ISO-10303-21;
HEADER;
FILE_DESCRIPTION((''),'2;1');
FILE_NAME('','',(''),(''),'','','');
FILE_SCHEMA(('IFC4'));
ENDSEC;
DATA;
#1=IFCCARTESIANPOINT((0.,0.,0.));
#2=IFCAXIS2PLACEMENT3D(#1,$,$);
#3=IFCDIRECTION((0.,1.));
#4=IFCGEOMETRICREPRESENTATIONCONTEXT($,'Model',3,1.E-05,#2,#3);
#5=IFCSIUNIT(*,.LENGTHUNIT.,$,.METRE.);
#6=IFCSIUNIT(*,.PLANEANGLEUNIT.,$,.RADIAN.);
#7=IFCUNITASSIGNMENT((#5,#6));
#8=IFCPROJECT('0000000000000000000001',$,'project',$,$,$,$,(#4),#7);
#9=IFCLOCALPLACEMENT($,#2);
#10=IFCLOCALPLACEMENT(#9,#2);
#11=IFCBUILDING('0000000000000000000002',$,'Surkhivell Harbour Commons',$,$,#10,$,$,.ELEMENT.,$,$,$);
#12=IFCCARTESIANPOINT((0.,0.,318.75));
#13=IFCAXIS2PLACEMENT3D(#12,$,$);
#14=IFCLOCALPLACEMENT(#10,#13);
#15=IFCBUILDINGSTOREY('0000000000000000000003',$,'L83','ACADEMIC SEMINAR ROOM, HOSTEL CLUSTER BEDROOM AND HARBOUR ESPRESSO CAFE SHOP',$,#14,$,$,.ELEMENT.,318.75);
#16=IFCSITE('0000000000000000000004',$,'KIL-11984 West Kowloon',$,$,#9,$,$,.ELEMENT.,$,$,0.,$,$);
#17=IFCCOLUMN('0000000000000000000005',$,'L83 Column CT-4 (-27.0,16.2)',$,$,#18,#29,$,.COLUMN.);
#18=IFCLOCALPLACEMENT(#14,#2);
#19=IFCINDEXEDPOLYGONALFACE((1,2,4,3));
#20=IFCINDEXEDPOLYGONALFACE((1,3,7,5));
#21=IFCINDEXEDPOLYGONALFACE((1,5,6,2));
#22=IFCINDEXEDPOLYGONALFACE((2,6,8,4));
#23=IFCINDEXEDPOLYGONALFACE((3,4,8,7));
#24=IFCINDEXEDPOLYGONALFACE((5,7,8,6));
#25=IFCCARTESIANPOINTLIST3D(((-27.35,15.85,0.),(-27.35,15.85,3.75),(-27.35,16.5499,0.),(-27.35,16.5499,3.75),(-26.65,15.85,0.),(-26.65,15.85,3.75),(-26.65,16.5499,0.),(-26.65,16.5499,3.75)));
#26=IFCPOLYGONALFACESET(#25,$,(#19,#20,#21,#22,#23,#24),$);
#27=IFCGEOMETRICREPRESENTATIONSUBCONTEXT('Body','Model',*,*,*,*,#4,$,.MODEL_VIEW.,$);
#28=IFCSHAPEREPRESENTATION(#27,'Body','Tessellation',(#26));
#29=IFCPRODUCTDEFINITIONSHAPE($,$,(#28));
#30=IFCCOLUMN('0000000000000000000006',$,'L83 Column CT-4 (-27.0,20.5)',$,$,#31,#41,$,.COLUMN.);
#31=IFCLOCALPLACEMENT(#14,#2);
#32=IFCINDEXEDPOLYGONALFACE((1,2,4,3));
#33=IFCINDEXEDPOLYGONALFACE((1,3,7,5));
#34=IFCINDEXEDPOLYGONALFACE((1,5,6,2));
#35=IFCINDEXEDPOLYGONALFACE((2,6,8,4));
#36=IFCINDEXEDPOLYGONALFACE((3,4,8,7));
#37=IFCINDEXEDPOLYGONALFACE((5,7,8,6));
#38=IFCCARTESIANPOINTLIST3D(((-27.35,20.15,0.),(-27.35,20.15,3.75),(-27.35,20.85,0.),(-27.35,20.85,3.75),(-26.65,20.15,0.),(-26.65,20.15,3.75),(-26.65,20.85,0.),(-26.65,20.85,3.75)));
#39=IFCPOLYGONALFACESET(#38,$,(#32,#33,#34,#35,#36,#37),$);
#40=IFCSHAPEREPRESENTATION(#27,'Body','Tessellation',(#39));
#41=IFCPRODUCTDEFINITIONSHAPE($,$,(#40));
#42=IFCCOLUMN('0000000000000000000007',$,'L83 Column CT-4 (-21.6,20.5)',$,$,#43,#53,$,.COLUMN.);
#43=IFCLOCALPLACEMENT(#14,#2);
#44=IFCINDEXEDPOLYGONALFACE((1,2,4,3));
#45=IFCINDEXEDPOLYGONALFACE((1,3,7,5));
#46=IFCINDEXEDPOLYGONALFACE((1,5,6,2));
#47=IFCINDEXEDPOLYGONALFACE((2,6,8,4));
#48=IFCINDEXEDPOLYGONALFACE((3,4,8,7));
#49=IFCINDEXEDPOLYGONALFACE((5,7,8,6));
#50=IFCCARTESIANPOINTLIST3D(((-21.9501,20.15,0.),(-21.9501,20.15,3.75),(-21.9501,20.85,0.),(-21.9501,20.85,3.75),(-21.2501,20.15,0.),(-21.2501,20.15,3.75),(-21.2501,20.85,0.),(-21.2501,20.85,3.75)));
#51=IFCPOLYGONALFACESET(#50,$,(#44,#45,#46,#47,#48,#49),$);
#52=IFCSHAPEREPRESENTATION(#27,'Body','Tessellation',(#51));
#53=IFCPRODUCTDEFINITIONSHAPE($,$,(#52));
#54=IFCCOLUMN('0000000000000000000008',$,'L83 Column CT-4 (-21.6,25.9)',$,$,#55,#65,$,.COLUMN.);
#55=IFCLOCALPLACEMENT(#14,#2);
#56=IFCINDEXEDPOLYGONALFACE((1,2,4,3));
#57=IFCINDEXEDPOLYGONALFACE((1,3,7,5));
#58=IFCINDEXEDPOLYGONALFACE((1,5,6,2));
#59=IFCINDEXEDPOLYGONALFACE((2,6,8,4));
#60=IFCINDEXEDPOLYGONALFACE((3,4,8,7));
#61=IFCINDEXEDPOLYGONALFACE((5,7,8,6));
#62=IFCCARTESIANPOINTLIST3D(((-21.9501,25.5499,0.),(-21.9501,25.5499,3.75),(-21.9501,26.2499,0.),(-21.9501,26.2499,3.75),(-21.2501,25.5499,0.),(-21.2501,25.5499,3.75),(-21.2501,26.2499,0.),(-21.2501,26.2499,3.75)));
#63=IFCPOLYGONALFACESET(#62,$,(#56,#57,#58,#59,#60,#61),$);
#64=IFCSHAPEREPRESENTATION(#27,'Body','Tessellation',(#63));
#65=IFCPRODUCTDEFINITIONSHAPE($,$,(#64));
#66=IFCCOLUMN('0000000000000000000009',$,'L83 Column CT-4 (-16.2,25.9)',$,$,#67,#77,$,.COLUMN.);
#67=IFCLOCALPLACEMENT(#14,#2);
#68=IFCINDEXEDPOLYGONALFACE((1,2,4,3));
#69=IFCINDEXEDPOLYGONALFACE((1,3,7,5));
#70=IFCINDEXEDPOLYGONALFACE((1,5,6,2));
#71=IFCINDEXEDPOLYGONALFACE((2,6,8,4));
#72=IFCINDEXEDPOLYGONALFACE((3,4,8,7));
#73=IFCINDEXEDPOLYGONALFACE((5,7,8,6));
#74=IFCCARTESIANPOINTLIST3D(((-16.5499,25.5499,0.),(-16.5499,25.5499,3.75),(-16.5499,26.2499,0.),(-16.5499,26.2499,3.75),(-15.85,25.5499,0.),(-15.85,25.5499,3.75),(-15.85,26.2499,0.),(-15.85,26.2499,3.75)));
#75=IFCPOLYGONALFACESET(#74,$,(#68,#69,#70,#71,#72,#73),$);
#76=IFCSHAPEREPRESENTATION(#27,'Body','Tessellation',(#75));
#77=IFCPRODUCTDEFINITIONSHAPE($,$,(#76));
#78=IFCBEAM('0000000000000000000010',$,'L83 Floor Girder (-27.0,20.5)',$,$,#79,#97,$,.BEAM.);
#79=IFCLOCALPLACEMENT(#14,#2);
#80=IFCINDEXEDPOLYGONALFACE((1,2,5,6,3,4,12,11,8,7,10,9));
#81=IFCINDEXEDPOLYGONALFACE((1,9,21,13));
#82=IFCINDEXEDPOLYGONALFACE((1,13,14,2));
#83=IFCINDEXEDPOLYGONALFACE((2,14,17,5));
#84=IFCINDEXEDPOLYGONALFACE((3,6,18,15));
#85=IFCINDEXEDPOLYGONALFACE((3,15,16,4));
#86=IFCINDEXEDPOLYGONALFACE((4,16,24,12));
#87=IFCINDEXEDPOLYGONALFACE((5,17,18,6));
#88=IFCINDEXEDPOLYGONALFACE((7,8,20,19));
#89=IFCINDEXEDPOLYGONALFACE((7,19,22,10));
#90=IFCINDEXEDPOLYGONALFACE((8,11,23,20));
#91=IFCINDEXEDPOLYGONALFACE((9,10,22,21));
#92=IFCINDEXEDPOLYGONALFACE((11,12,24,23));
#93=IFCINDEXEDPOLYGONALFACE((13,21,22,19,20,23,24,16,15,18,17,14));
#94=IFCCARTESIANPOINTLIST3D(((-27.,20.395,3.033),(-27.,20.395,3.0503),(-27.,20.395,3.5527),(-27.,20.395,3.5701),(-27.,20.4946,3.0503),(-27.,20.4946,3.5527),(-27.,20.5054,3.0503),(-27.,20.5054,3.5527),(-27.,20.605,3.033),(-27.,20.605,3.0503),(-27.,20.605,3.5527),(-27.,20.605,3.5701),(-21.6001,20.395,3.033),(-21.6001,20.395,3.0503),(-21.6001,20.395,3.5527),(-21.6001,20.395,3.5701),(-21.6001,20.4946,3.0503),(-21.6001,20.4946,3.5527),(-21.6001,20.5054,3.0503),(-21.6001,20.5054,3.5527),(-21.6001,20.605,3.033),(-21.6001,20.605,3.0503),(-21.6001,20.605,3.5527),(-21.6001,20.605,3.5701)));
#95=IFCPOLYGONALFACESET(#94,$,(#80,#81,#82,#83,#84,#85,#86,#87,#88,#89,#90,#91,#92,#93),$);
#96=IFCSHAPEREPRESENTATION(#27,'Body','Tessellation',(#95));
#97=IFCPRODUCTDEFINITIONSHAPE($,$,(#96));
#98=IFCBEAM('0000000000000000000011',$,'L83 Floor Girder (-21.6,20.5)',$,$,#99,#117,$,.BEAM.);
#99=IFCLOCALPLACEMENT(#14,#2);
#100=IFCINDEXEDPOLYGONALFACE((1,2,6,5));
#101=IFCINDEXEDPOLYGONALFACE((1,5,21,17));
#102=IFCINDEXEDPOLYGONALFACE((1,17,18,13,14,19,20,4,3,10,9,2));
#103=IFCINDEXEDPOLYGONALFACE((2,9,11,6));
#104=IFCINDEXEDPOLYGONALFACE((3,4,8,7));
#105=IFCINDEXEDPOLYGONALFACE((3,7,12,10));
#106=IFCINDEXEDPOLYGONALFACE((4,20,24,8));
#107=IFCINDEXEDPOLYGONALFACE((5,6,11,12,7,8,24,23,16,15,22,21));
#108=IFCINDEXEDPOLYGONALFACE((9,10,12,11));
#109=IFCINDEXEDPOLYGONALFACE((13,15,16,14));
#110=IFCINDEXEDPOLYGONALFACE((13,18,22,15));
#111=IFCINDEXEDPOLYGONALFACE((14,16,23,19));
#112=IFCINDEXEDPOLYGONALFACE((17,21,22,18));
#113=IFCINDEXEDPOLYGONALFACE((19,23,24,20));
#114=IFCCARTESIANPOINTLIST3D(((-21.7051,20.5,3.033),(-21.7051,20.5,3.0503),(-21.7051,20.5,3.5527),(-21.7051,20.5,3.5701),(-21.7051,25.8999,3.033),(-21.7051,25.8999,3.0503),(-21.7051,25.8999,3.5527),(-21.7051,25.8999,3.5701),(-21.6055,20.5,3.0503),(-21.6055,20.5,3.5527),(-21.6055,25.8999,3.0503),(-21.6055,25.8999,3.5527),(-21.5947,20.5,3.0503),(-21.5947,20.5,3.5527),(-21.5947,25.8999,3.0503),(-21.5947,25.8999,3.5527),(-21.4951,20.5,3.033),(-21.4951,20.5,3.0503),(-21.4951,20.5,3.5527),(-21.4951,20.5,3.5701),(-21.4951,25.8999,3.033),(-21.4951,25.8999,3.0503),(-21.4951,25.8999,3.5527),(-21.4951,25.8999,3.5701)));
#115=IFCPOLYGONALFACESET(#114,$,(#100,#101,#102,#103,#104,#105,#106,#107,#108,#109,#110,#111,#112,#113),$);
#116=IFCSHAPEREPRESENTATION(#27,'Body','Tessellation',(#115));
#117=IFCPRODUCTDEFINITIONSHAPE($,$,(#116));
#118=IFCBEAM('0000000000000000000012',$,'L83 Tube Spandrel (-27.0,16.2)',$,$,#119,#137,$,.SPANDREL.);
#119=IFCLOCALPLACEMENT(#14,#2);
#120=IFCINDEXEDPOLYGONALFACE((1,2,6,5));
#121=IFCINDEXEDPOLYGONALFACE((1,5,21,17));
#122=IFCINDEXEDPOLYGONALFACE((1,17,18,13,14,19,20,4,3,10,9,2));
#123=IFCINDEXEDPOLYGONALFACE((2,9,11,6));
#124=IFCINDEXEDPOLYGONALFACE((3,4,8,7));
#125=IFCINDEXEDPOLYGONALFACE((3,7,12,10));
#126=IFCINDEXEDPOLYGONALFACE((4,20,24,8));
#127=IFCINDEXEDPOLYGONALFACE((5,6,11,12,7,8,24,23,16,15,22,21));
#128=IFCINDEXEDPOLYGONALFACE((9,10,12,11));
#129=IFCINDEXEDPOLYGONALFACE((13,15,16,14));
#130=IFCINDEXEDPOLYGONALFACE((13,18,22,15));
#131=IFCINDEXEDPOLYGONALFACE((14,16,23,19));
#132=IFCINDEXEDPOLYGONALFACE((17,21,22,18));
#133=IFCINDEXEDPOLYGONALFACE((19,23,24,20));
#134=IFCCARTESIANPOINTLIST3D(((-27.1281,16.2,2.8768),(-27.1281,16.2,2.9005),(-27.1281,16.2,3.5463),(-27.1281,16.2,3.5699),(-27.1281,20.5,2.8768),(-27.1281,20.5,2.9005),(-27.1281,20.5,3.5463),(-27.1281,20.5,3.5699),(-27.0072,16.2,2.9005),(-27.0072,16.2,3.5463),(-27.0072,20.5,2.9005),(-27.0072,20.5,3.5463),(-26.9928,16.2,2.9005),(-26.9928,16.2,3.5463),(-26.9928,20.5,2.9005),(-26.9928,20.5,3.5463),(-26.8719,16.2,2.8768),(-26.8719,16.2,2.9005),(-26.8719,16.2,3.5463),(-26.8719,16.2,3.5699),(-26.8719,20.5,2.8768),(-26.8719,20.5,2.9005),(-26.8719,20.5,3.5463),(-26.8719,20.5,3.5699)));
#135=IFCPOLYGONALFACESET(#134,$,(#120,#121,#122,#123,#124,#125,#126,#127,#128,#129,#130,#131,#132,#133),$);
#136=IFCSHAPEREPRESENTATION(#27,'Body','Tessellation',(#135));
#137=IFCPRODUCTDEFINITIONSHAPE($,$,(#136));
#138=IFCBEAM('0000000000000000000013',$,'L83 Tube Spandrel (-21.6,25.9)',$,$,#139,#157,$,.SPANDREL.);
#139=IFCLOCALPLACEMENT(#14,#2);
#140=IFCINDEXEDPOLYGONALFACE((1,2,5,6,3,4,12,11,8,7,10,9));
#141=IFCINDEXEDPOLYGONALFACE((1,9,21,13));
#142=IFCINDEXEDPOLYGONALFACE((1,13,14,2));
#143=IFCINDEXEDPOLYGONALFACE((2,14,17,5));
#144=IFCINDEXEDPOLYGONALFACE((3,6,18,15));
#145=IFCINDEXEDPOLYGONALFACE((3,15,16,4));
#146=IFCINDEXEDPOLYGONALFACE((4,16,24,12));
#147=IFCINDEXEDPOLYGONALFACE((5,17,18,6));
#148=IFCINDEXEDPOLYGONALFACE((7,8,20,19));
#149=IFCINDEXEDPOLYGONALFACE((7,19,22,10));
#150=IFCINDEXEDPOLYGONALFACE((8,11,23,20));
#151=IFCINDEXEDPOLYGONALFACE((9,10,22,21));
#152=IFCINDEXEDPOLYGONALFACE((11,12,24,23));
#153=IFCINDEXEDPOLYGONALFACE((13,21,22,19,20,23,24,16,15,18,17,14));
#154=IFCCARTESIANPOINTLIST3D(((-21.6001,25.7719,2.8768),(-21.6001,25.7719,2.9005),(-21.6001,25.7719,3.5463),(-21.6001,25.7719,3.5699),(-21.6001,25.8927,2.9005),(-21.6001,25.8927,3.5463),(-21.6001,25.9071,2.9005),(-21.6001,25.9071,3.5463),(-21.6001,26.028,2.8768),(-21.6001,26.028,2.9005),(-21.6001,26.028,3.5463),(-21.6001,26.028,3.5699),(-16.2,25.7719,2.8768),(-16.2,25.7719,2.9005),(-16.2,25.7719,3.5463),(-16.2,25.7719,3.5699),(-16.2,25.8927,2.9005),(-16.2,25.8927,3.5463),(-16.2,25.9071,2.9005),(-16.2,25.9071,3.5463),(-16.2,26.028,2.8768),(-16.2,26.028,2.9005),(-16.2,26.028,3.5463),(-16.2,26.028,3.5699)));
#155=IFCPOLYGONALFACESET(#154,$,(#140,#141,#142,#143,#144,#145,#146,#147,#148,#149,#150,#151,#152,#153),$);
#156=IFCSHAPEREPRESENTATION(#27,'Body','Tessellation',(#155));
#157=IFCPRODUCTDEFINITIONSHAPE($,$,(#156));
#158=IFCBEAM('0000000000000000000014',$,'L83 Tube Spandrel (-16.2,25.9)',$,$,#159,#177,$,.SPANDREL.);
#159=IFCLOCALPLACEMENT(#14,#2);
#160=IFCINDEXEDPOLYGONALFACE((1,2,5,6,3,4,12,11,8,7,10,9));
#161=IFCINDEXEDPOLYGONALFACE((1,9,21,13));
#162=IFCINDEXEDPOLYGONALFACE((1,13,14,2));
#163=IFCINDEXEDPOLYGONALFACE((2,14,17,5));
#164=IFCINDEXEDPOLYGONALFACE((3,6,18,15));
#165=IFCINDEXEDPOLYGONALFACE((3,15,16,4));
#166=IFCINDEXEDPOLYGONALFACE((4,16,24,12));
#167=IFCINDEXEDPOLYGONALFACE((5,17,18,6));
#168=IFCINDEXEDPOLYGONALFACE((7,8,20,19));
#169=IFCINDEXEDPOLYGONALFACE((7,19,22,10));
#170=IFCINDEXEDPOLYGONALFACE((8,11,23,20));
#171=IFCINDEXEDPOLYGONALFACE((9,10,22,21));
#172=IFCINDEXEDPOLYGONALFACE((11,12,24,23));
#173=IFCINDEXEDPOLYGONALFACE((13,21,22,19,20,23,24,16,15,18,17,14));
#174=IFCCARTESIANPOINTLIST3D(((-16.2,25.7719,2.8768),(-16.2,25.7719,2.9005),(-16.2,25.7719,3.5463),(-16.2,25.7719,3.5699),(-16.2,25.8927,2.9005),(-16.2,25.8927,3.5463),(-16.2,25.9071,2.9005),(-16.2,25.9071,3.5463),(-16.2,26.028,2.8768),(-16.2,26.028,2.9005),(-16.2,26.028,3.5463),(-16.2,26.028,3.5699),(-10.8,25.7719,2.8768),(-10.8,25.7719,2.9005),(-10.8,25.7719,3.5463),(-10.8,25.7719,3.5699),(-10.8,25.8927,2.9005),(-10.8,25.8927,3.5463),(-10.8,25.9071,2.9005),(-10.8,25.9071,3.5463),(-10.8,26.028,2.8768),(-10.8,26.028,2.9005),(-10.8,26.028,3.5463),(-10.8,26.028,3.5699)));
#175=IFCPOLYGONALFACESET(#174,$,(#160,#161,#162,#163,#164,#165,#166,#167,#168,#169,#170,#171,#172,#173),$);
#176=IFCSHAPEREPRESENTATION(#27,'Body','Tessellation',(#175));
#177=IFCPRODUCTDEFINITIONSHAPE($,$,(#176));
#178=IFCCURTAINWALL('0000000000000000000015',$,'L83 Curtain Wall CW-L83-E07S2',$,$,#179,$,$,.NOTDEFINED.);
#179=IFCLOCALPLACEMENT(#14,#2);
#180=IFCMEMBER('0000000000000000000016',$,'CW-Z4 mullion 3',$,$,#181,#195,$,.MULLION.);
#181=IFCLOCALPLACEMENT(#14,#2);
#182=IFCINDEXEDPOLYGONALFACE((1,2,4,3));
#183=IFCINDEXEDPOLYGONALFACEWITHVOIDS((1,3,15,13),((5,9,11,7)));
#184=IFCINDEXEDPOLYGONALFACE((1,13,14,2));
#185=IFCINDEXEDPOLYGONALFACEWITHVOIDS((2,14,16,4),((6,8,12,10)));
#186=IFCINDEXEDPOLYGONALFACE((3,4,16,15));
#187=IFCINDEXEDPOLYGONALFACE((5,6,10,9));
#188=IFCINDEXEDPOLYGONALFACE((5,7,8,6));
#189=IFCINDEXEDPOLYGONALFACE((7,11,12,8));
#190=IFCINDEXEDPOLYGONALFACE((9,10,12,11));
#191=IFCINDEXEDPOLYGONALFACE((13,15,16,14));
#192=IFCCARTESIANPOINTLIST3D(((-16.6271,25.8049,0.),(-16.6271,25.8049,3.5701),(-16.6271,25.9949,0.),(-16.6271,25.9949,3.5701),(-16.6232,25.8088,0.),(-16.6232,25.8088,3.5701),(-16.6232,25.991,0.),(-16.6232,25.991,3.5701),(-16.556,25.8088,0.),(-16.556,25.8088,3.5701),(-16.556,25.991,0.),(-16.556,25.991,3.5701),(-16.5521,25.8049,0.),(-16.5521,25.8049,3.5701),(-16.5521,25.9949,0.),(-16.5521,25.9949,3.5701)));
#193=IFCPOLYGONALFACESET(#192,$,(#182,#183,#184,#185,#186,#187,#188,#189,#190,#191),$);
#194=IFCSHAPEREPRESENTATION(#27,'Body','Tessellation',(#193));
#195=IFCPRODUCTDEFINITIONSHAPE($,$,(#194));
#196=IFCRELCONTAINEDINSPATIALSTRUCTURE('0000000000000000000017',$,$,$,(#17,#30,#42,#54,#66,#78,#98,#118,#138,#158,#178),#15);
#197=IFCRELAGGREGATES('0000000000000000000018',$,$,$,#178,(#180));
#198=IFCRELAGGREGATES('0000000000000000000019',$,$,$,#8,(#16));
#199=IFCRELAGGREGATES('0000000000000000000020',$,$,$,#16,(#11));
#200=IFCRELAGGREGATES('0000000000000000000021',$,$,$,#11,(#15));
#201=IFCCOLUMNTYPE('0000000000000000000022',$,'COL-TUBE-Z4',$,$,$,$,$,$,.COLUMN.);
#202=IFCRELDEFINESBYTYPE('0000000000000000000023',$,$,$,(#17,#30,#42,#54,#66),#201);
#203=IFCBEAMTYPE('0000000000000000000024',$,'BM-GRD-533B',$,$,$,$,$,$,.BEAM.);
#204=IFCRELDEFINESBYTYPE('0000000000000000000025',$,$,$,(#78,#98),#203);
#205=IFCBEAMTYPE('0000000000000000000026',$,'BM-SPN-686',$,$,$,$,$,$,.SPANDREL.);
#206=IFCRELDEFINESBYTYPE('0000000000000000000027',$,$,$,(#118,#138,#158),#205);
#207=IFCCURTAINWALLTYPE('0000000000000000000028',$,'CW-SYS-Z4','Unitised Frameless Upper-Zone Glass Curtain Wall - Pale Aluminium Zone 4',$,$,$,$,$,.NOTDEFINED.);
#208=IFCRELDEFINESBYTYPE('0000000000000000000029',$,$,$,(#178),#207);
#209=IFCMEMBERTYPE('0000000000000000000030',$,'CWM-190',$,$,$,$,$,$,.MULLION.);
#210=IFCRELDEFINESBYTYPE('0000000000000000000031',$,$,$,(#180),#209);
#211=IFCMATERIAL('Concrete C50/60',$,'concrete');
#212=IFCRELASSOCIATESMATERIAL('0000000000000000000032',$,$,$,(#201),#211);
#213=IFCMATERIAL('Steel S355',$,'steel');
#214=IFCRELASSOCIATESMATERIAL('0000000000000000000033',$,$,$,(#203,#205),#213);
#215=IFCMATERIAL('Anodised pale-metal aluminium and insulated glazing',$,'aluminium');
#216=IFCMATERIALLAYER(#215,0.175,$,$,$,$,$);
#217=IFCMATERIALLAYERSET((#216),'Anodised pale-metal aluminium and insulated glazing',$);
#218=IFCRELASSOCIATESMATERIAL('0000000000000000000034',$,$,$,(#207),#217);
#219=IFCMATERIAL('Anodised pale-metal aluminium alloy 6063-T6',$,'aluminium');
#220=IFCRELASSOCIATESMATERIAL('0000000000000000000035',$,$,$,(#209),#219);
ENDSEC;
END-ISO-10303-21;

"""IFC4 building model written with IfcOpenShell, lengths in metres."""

from ifc_helpers import new_model, si_unit, direction, frame, origin, origin_2d, place, context, subcontext, project, spatial, rectangle, hollow_rectangle, i_section, extrude, material, layer, layer_set, material_profile, profile_set, type_object, element, aggregate, save


model = new_model("IFC4")

# Units and contexts
model_context = context("Model", 3, precision=1e-05, world=origin(), true_north=direction((0.0, 1.0)))
body_context = subcontext(model_context, "Body", "Model", "MODEL_VIEW")
ifc_project = project(units=[si_unit("LENGTHUNIT", "METRE"), si_unit("PLANEANGLEUNIT", "RADIAN")], contexts=[model_context])

# Site, building, storey
site_placement = place(None, origin())
site = spatial("IfcSite", under=ifc_project, at=site_placement, Name="KIL-11984 West Kowloon", CompositionType="ELEMENT", RefElevation=0.0)
building_placement = place(site_placement, origin())
building = spatial("IfcBuilding", under=site, at=building_placement, Name="Surkhivell Harbour Commons", CompositionType="ELEMENT")
storey_placement = place(building_placement, frame((0.0, 0.0, 318.75)))
storey = spatial("IfcBuildingStorey", under=building, at=storey_placement, Name="L83", Description="ACADEMIC SEMINAR ROOM, HOSTEL CLUSTER BEDROOM AND HARBOUR ESPRESSO CAFE SHOP", CompositionType="ELEMENT", Elevation=318.75)

# Columns
ifc_material_1 = material(Name="Concrete C50/60", Category="concrete")
ifc_material_profile_1 = material_profile(ifc_material_1, rectangle(XDim=0.7, YDim=0.7, at=origin_2d()), Name="RC-COL-700x700")
ifc_profile_set_1 = profile_set([ifc_material_profile_1], Name="Concrete C50/60")
column_type = type_object("IfcColumnType", Name="COL-TUBE-Z4", PredefinedType="COLUMN", material=ifc_profile_set_1)
for number, where, z_axis, x_axis, name in (
    (1, (-27.0, 16.2, 0.0), (0.0, 0.0, 1.0), (1.0, 0.0, 0.0), "L83 Column CT-4 (-27.0,16.2)"),
    (2, (-27.0, 20.5, 0.0), (0.0, 0.0, 1.0), (1.0, 0.0, 0.0), "L83 Column CT-4 (-27.0,20.5)"),
    (3, (-21.6001, 20.5, 0.0), (0.0, 0.0, 1.0), (1.0, 0.0, 0.0), "L83 Column CT-4 (-21.6,20.5)"),
    (4, (-21.6001, 25.8999, 0.0), (0.0, 0.0, 1.0), (1.0, 0.0, 0.0), "L83 Column CT-4 (-21.6,25.9)"),
    (5, (-16.2, 25.8999, 0.0), (0.0, 0.0, 1.0), (1.0, 0.0, 0.0), "L83 Column CT-4 (-16.2,25.9)"),
):
    element("IfcColumn", number, at=place(storey_placement, frame(where, z_axis=z_axis, x_axis=x_axis)), inside=storey, type_object=column_type, Name=name, PredefinedType="COLUMN", context=body_context, shape_type="SweptSolid", body=[
        extrude(rectangle(XDim=0.7, YDim=0.7, at=origin_2d()), origin(), (0.0, 0.0, 1.0), 3.75),
    ])

# Beams
ifc_material_2 = material(Name="Steel S355", Category="steel")
ifc_material_profile_2 = material_profile(ifc_material_2, i_section(OverallWidth=0.21, OverallDepth=0.5371, WebThickness=0.0107, FlangeThickness=0.0173, at=origin_2d()), Name="UB533x210x101")
ifc_profile_set_2 = profile_set([ifc_material_profile_2], Name="Steel S355")
beam_type_1 = type_object("IfcBeamType", Name="BM-GRD-533B", PredefinedType="BEAM", material=ifc_profile_set_2)
for number, where, z_axis, x_axis, name in (
    (6, (-27.0, 20.5, 3.3015), (1.0, 0.0, 0.0), (0.0, 1.0, 0.0), "L83 Floor Girder (-27.0,20.5)"),
    (7, (-21.6001, 20.5, 3.3015), (0.0, 1.0, 0.0), (-1.0, 0.0, 0.0), "L83 Floor Girder (-21.6,20.5)"),
):
    element("IfcBeam", number, at=place(storey_placement, frame(where, z_axis=z_axis, x_axis=x_axis)), inside=storey, type_object=beam_type_1, Name=name, PredefinedType="BEAM", context=body_context, shape_type="SweptSolid", body=[
        extrude(i_section(OverallWidth=0.21, OverallDepth=0.5371, WebThickness=0.0107, FlangeThickness=0.0173, at=origin_2d()), origin(), (0.0, 0.0, 1.0), 5.3999),
    ])
ifc_material_profile_3 = material_profile(ifc_material_2, i_section(OverallWidth=0.2561, OverallDepth=0.6931, WebThickness=0.0144, FlangeThickness=0.0237, at=origin_2d()), Name="UB686x254x170")
ifc_profile_set_3 = profile_set([ifc_material_profile_3], Name="Steel S355")
beam_type_2 = type_object("IfcBeamType", Name="BM-SPN-686", PredefinedType="SPANDREL", material=ifc_profile_set_3)
beam_1_placement = place(storey_placement, frame((-27.0, 16.2, 3.2234), z_axis=(0.0, 1.0, 0.0), x_axis=(-1.0, 0.0, 0.0)))
element("IfcBeam", 8, at=beam_1_placement, inside=storey, type_object=beam_type_2, Name="L83 Tube Spandrel (-27.0,16.2)", PredefinedType="SPANDREL", context=body_context, shape_type="SweptSolid", body=[
    extrude(i_section(OverallWidth=0.2561, OverallDepth=0.6931, WebThickness=0.0144, FlangeThickness=0.0237, at=origin_2d()), origin(), (0.0, 0.0, 1.0), 4.3),
])
beam_2_placement = place(storey_placement, frame((-21.6001, 25.8999, 3.2234), z_axis=(1.0, 0.0, 0.0), x_axis=(0.0, 1.0, 0.0)))
element("IfcBeam", 9, at=beam_2_placement, inside=storey, type_object=beam_type_2, Name="L83 Tube Spandrel (-21.6,25.9)", PredefinedType="SPANDREL", context=body_context, shape_type="SweptSolid", body=[
    extrude(i_section(OverallWidth=0.2561, OverallDepth=0.6931, WebThickness=0.0144, FlangeThickness=0.0237, at=origin_2d()), origin(), (0.0, 0.0, 1.0), 5.4001),
])
beam_3_placement = place(storey_placement, frame((-16.2, 25.8999, 3.2234), z_axis=(1.0, 0.0, 0.0), x_axis=(0.0, 1.0, 0.0)))
element("IfcBeam", 10, at=beam_3_placement, inside=storey, type_object=beam_type_2, Name="L83 Tube Spandrel (-16.2,25.9)", PredefinedType="SPANDREL", context=body_context, shape_type="SweptSolid", body=[
    extrude(i_section(OverallWidth=0.2561, OverallDepth=0.6931, WebThickness=0.0144, FlangeThickness=0.0237, at=origin_2d()), origin(), (0.0, 0.0, 1.0), 5.3999),
])

# Curtain wall, member
ifc_material_3 = material(Name="Anodised pale-metal aluminium and insulated glazing", Category="aluminium")
ifc_layer_1 = layer(ifc_material_3, 0.175)
ifc_layer_set_1 = layer_set([ifc_layer_1], Name="Anodised pale-metal aluminium and insulated glazing")
curtain_wall_type = type_object("IfcCurtainWallType", Name="CW-SYS-Z4", Description="Unitised Frameless Upper-Zone Glass Curtain Wall - Pale Aluminium Zone 4", PredefinedType="NOTDEFINED", material=ifc_layer_set_1)
curtain_wall_1_placement = place(storey_placement, origin())
curtain_wall_1 = element("IfcCurtainWall", 11, at=curtain_wall_1_placement, inside=storey, type_object=curtain_wall_type, Name="L83 Curtain Wall CW-L83-E07S2", PredefinedType="NOTDEFINED")
ifc_material_4 = material(Name="Anodised pale-metal aluminium alloy 6063-T6", Category="aluminium")
ifc_material_profile_4 = material_profile(ifc_material_4, hollow_rectangle(XDim=0.075, YDim=0.1899, WallThickness=0.0039, at=origin_2d()), Name="ALU-MULL-75x190")
ifc_profile_set_4 = profile_set([ifc_material_profile_4], Name="Anodised pale-metal aluminium alloy 6063-T6")
member_type_1 = type_object("IfcMemberType", Name="CWM-190", PredefinedType="MULLION", material=ifc_profile_set_4)
member_1_placement = place(storey_placement, frame((-16.5896, 25.8999, 0.0), z_axis=(0.0, 0.0, 1.0), x_axis=(-1.0, 0.0, 0.0)))
member_1 = element("IfcMember", 12, at=member_1_placement, type_object=member_type_1, Name="CW-Z4 mullion 3", PredefinedType="MULLION", context=body_context, shape_type="SweptSolid", body=[
    extrude(hollow_rectangle(XDim=0.075, YDim=0.1899, WallThickness=0.0039, at=origin_2d()), origin(), (0.0, 0.0, 1.0), 3.5701),
])

aggregate(curtain_wall_1, [member_1])

save(model, "model.ifc")
